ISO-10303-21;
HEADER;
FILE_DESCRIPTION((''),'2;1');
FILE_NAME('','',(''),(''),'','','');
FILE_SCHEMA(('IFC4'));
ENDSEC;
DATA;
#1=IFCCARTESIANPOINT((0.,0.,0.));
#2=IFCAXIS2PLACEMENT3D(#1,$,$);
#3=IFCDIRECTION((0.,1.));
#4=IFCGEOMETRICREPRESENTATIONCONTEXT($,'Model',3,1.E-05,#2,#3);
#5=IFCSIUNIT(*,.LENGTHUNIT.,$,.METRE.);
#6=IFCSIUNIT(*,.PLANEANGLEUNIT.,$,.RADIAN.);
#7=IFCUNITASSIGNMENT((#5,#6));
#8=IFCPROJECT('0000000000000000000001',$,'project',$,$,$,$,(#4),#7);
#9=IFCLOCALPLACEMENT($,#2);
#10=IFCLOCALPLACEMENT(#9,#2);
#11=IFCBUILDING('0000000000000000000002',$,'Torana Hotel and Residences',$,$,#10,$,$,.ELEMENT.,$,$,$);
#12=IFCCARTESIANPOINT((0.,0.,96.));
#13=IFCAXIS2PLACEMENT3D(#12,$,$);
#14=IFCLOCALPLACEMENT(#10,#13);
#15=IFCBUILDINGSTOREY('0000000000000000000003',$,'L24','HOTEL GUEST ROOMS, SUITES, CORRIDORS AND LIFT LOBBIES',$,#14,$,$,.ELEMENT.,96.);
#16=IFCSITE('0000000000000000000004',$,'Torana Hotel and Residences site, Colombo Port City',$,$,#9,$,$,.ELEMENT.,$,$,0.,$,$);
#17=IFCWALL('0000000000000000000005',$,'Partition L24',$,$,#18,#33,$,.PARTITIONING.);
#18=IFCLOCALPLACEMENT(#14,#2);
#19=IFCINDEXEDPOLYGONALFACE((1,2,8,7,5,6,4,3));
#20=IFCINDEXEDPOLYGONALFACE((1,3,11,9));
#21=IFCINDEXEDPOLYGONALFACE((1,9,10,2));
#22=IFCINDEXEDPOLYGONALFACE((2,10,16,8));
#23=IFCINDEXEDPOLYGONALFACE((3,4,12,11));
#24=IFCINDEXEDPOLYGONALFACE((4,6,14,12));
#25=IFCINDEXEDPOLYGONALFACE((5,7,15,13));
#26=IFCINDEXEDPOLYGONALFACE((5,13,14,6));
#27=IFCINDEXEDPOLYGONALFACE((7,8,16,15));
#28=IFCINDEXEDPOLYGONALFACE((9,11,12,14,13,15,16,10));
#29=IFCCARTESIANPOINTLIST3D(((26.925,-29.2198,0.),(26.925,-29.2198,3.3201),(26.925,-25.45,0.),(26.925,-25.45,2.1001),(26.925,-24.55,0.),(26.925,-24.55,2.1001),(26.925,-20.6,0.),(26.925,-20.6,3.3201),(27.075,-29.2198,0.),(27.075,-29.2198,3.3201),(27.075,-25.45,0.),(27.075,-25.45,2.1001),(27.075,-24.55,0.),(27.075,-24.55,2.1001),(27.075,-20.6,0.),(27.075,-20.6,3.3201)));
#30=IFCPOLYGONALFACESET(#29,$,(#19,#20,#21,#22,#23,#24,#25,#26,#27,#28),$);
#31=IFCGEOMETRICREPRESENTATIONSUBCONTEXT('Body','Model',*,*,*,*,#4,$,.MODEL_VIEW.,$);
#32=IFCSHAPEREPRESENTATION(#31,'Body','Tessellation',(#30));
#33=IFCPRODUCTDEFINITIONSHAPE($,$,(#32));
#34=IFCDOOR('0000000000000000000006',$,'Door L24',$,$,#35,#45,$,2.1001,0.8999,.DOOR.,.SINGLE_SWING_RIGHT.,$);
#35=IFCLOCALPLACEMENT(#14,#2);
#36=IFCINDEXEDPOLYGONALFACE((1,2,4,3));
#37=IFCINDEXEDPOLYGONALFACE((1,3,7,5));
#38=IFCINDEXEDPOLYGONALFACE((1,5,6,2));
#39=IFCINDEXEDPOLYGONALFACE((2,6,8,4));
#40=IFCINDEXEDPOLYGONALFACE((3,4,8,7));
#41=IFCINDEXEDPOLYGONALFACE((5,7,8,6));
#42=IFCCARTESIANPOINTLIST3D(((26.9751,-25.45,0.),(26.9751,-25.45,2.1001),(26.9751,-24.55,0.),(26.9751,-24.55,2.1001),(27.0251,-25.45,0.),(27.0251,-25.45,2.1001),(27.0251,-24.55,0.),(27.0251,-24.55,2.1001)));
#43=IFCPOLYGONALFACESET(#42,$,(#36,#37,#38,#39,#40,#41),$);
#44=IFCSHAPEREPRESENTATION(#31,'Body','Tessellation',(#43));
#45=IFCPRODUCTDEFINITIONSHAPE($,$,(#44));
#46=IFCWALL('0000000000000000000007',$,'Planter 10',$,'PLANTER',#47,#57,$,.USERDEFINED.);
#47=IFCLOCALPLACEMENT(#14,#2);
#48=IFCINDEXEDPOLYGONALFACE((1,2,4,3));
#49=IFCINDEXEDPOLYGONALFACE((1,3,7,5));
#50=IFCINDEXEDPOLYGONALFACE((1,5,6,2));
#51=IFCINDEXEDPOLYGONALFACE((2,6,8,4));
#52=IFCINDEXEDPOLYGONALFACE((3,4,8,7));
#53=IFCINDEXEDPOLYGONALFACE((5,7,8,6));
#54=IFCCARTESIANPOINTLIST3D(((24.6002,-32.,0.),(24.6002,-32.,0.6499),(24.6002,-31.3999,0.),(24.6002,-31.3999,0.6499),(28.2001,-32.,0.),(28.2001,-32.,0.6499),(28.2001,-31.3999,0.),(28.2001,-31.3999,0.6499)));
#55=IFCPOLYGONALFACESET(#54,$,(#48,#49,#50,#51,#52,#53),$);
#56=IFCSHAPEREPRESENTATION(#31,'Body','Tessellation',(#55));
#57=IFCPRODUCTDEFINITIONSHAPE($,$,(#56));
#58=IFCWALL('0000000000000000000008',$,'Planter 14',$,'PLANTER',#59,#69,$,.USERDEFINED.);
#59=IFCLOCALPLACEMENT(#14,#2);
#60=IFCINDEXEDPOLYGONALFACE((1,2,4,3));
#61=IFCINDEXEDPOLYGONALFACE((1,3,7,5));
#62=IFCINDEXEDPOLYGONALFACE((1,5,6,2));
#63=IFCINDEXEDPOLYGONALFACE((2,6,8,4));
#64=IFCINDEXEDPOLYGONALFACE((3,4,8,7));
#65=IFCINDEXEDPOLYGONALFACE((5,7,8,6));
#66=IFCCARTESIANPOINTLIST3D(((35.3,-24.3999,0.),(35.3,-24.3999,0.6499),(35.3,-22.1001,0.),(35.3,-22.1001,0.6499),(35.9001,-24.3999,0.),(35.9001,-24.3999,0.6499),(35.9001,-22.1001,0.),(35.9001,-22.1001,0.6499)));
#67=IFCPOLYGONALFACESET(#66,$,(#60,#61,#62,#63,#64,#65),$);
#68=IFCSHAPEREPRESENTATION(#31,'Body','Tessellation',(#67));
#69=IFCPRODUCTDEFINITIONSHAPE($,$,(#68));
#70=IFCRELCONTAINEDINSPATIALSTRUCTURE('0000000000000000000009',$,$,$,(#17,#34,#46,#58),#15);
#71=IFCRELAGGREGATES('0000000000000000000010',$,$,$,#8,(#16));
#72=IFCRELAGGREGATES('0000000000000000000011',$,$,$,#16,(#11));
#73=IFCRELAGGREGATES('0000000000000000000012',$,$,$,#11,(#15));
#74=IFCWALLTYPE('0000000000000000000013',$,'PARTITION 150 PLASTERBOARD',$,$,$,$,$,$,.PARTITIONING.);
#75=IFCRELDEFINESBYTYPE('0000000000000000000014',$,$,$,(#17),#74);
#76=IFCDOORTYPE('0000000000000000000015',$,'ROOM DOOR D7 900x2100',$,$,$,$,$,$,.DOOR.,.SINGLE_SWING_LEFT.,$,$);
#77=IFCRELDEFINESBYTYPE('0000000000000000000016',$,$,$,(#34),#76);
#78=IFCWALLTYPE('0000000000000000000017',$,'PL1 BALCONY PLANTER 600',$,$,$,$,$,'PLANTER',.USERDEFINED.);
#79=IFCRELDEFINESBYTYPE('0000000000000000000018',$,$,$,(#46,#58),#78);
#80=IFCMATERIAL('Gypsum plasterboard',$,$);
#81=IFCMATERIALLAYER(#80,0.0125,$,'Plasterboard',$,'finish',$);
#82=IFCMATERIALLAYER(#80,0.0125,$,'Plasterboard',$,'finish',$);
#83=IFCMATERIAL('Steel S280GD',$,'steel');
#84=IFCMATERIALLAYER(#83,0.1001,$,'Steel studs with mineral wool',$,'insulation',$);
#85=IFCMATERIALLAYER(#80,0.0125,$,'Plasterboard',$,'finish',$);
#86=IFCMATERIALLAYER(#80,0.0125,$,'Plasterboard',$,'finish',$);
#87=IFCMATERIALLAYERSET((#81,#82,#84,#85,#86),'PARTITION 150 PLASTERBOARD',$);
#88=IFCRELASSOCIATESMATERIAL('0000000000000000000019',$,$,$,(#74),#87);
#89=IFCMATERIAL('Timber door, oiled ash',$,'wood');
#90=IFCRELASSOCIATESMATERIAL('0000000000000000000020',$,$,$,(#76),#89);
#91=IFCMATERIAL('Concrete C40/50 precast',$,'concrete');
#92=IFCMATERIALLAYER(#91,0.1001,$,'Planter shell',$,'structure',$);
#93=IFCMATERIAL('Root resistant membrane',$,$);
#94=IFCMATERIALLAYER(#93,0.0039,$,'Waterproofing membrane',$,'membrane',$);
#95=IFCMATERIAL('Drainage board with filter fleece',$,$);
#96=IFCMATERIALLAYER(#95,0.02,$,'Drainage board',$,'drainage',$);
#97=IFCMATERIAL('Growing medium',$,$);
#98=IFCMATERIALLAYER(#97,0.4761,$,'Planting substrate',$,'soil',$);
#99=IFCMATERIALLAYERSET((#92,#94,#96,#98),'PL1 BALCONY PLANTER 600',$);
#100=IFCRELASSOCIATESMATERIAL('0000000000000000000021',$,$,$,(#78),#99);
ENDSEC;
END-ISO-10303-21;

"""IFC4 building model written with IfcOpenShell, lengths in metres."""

from ifc_helpers import new_model, si_unit, direction, frame, frame_2d, origin, place, context, subcontext, project, spatial, rectangle, extrude, material, layer, layer_set, type_object, element, fill, save


model = new_model("IFC4")

# Units and contexts
model_context = context("Model", 3, precision=1e-05, world=origin(), true_north=direction((0.0, 1.0)))
body_context = subcontext(model_context, "Body", "Model", "MODEL_VIEW")
ifc_project = project(units=[si_unit("LENGTHUNIT", "METRE"), si_unit("PLANEANGLEUNIT", "RADIAN")], contexts=[model_context])

# Site, building, storey
site_placement = place(None, origin())
site = spatial("IfcSite", under=ifc_project, at=site_placement, Name="Torana Hotel and Residences site, Colombo Port City", CompositionType="ELEMENT", RefElevation=0.0)
building_placement = place(site_placement, origin())
building = spatial("IfcBuilding", under=site, at=building_placement, Name="Torana Hotel and Residences", CompositionType="ELEMENT")
storey_placement = place(building_placement, frame((0.0, 0.0, 96.0)))
storey = spatial("IfcBuildingStorey", under=building, at=storey_placement, Name="L24", Description="HOTEL GUEST ROOMS, SUITES, CORRIDORS AND LIFT LOBBIES", CompositionType="ELEMENT", Elevation=96.0)

# Shared definitions
ifc_material_1 = material(Name="Steel S280GD", Category="steel")

# Shared definitions
ifc_material_2 = material(Name="Gypsum plasterboard")
ifc_layer_1 = layer(ifc_material_2, 0.0125, Name="Plasterboard", Category="finish")
ifc_layer_2 = layer(ifc_material_2, 0.0125, Name="Plasterboard", Category="finish")
ifc_layer_3 = layer(ifc_material_1, 0.1001, Name="Steel studs with mineral wool", Category="insulation")
ifc_layer_4 = layer(ifc_material_2, 0.0125, Name="Plasterboard", Category="finish")
ifc_layer_5 = layer(ifc_material_2, 0.0125, Name="Plasterboard", Category="finish")
ifc_layer_set_1 = layer_set([ifc_layer_1, ifc_layer_2, ifc_layer_3, ifc_layer_4, ifc_layer_5], Name="PARTITION 150 PLASTERBOARD")
wall_type_1 = type_object("IfcWallType", Name="PARTITION 150 PLASTERBOARD", PredefinedType="PARTITIONING", material=ifc_layer_set_1)

# Wall, opening, door
wall_1_placement = place(storey_placement, frame((27.0, -29.22, 0.0), z_axis=(0.0, 0.0, 1.0), x_axis=(0.0, 1.0, 0.0)))
wall_1 = element("IfcWall", 1, at=wall_1_placement, inside=storey, type_object=wall_type_1, Name="Partition L24", PredefinedType="PARTITIONING", context=body_context, shape_type="SweptSolid", body=[
    extrude(rectangle(XDim=8.6199, YDim=0.1499, at=frame_2d((4.3101, 0.0))), origin(), (0.0, 0.0, 1.0), 3.3201),
])
opening_1_placement = place(wall_1_placement, frame((3.77, 0.0, 0.0)))
opening_1 = element("IfcOpeningElement", 2, at=opening_1_placement, cuts=wall_1, PredefinedType="OPENING", context=body_context, shape_type="SweptSolid", body=[
    extrude(rectangle(XDim=0.8999, YDim=2.1001, at=frame_2d((0.45, 1.05))), frame((0.0, 0.085, 0.0), z_axis=(0.0, -1.0, 0.0), x_axis=(1.0, 0.0, 0.0)), (0.0, 0.0, 1.0), 0.1699),
])
ifc_material_3 = material(Name="Timber door, oiled ash", Category="wood")
door_type_1 = type_object("IfcDoorType", Name="ROOM DOOR D7 900x2100", OperationType="SINGLE_SWING_LEFT", PredefinedType="DOOR", material=ifc_material_3)
door_1_placement = place(opening_1_placement, origin())
door_1 = element("IfcDoor", 3, at=door_1_placement, inside=storey, type_object=door_type_1, Name="Door L24", OperationType="SINGLE_SWING_RIGHT", OverallHeight=2.1001, OverallWidth=0.8999, PredefinedType="DOOR", context=body_context, shape_type="SweptSolid", body=[
    extrude(rectangle(XDim=0.8999, YDim=2.1001, at=frame_2d((0.45, 1.05))), frame((0.0, 0.0249, 0.0), z_axis=(0.0, -1.0, 0.0), x_axis=(1.0, 0.0, 0.0)), (0.0, 0.0, 1.0), 0.05),
])
fill(opening_1, door_1)

# Walls
ifc_material_4 = material(Name="Concrete C40/50 precast", Category="concrete")
ifc_layer_6 = layer(ifc_material_4, 0.1001, Name="Planter shell", Category="structure")
ifc_material_5 = material(Name="Root resistant membrane")
ifc_layer_7 = layer(ifc_material_5, 0.0039, Name="Waterproofing membrane", Category="membrane")
ifc_material_6 = material(Name="Drainage board with filter fleece")
ifc_layer_8 = layer(ifc_material_6, 0.02, Name="Drainage board", Category="drainage")
ifc_material_7 = material(Name="Growing medium")
ifc_layer_9 = layer(ifc_material_7, 0.4761, Name="Planting substrate", Category="soil")
ifc_layer_set_2 = layer_set([ifc_layer_6, ifc_layer_7, ifc_layer_8, ifc_layer_9], Name="PL1 BALCONY PLANTER 600")
wall_type_2 = type_object("IfcWallType", Name="PL1 BALCONY PLANTER 600", ElementType="PLANTER", PredefinedType="USERDEFINED", material=ifc_layer_set_2)
wall_2_placement = place(storey_placement, frame((28.2, -31.7, 0.0), z_axis=(0.0, 0.0, 1.0), x_axis=(-1.0, 0.0, 0.0)))
element("IfcWall", 4, at=wall_2_placement, inside=storey, type_object=wall_type_2, Name="Planter 10", ObjectType="PLANTER", PredefinedType="USERDEFINED", context=body_context, shape_type="SweptSolid", body=[
    extrude(rectangle(XDim=3.5999, YDim=0.6001, at=frame_2d((1.7998, 0.0))), origin(), (0.0, 0.0, 1.0), 0.6499),
])
wall_3_placement = place(storey_placement, frame((35.6001, -22.1001, 0.0), z_axis=(0.0, 0.0, 1.0), x_axis=(0.0, -1.0, 0.0)))
element("IfcWall", 5, at=wall_3_placement, inside=storey, type_object=wall_type_2, Name="Planter 14", ObjectType="PLANTER", PredefinedType="USERDEFINED", context=body_context, shape_type="SweptSolid", body=[
    extrude(rectangle(XDim=2.2998, YDim=0.6001, at=frame_2d((1.1499, 0.0))), origin(), (0.0, 0.0, 1.0), 0.6499),
])

save(model, "model.ifc")
